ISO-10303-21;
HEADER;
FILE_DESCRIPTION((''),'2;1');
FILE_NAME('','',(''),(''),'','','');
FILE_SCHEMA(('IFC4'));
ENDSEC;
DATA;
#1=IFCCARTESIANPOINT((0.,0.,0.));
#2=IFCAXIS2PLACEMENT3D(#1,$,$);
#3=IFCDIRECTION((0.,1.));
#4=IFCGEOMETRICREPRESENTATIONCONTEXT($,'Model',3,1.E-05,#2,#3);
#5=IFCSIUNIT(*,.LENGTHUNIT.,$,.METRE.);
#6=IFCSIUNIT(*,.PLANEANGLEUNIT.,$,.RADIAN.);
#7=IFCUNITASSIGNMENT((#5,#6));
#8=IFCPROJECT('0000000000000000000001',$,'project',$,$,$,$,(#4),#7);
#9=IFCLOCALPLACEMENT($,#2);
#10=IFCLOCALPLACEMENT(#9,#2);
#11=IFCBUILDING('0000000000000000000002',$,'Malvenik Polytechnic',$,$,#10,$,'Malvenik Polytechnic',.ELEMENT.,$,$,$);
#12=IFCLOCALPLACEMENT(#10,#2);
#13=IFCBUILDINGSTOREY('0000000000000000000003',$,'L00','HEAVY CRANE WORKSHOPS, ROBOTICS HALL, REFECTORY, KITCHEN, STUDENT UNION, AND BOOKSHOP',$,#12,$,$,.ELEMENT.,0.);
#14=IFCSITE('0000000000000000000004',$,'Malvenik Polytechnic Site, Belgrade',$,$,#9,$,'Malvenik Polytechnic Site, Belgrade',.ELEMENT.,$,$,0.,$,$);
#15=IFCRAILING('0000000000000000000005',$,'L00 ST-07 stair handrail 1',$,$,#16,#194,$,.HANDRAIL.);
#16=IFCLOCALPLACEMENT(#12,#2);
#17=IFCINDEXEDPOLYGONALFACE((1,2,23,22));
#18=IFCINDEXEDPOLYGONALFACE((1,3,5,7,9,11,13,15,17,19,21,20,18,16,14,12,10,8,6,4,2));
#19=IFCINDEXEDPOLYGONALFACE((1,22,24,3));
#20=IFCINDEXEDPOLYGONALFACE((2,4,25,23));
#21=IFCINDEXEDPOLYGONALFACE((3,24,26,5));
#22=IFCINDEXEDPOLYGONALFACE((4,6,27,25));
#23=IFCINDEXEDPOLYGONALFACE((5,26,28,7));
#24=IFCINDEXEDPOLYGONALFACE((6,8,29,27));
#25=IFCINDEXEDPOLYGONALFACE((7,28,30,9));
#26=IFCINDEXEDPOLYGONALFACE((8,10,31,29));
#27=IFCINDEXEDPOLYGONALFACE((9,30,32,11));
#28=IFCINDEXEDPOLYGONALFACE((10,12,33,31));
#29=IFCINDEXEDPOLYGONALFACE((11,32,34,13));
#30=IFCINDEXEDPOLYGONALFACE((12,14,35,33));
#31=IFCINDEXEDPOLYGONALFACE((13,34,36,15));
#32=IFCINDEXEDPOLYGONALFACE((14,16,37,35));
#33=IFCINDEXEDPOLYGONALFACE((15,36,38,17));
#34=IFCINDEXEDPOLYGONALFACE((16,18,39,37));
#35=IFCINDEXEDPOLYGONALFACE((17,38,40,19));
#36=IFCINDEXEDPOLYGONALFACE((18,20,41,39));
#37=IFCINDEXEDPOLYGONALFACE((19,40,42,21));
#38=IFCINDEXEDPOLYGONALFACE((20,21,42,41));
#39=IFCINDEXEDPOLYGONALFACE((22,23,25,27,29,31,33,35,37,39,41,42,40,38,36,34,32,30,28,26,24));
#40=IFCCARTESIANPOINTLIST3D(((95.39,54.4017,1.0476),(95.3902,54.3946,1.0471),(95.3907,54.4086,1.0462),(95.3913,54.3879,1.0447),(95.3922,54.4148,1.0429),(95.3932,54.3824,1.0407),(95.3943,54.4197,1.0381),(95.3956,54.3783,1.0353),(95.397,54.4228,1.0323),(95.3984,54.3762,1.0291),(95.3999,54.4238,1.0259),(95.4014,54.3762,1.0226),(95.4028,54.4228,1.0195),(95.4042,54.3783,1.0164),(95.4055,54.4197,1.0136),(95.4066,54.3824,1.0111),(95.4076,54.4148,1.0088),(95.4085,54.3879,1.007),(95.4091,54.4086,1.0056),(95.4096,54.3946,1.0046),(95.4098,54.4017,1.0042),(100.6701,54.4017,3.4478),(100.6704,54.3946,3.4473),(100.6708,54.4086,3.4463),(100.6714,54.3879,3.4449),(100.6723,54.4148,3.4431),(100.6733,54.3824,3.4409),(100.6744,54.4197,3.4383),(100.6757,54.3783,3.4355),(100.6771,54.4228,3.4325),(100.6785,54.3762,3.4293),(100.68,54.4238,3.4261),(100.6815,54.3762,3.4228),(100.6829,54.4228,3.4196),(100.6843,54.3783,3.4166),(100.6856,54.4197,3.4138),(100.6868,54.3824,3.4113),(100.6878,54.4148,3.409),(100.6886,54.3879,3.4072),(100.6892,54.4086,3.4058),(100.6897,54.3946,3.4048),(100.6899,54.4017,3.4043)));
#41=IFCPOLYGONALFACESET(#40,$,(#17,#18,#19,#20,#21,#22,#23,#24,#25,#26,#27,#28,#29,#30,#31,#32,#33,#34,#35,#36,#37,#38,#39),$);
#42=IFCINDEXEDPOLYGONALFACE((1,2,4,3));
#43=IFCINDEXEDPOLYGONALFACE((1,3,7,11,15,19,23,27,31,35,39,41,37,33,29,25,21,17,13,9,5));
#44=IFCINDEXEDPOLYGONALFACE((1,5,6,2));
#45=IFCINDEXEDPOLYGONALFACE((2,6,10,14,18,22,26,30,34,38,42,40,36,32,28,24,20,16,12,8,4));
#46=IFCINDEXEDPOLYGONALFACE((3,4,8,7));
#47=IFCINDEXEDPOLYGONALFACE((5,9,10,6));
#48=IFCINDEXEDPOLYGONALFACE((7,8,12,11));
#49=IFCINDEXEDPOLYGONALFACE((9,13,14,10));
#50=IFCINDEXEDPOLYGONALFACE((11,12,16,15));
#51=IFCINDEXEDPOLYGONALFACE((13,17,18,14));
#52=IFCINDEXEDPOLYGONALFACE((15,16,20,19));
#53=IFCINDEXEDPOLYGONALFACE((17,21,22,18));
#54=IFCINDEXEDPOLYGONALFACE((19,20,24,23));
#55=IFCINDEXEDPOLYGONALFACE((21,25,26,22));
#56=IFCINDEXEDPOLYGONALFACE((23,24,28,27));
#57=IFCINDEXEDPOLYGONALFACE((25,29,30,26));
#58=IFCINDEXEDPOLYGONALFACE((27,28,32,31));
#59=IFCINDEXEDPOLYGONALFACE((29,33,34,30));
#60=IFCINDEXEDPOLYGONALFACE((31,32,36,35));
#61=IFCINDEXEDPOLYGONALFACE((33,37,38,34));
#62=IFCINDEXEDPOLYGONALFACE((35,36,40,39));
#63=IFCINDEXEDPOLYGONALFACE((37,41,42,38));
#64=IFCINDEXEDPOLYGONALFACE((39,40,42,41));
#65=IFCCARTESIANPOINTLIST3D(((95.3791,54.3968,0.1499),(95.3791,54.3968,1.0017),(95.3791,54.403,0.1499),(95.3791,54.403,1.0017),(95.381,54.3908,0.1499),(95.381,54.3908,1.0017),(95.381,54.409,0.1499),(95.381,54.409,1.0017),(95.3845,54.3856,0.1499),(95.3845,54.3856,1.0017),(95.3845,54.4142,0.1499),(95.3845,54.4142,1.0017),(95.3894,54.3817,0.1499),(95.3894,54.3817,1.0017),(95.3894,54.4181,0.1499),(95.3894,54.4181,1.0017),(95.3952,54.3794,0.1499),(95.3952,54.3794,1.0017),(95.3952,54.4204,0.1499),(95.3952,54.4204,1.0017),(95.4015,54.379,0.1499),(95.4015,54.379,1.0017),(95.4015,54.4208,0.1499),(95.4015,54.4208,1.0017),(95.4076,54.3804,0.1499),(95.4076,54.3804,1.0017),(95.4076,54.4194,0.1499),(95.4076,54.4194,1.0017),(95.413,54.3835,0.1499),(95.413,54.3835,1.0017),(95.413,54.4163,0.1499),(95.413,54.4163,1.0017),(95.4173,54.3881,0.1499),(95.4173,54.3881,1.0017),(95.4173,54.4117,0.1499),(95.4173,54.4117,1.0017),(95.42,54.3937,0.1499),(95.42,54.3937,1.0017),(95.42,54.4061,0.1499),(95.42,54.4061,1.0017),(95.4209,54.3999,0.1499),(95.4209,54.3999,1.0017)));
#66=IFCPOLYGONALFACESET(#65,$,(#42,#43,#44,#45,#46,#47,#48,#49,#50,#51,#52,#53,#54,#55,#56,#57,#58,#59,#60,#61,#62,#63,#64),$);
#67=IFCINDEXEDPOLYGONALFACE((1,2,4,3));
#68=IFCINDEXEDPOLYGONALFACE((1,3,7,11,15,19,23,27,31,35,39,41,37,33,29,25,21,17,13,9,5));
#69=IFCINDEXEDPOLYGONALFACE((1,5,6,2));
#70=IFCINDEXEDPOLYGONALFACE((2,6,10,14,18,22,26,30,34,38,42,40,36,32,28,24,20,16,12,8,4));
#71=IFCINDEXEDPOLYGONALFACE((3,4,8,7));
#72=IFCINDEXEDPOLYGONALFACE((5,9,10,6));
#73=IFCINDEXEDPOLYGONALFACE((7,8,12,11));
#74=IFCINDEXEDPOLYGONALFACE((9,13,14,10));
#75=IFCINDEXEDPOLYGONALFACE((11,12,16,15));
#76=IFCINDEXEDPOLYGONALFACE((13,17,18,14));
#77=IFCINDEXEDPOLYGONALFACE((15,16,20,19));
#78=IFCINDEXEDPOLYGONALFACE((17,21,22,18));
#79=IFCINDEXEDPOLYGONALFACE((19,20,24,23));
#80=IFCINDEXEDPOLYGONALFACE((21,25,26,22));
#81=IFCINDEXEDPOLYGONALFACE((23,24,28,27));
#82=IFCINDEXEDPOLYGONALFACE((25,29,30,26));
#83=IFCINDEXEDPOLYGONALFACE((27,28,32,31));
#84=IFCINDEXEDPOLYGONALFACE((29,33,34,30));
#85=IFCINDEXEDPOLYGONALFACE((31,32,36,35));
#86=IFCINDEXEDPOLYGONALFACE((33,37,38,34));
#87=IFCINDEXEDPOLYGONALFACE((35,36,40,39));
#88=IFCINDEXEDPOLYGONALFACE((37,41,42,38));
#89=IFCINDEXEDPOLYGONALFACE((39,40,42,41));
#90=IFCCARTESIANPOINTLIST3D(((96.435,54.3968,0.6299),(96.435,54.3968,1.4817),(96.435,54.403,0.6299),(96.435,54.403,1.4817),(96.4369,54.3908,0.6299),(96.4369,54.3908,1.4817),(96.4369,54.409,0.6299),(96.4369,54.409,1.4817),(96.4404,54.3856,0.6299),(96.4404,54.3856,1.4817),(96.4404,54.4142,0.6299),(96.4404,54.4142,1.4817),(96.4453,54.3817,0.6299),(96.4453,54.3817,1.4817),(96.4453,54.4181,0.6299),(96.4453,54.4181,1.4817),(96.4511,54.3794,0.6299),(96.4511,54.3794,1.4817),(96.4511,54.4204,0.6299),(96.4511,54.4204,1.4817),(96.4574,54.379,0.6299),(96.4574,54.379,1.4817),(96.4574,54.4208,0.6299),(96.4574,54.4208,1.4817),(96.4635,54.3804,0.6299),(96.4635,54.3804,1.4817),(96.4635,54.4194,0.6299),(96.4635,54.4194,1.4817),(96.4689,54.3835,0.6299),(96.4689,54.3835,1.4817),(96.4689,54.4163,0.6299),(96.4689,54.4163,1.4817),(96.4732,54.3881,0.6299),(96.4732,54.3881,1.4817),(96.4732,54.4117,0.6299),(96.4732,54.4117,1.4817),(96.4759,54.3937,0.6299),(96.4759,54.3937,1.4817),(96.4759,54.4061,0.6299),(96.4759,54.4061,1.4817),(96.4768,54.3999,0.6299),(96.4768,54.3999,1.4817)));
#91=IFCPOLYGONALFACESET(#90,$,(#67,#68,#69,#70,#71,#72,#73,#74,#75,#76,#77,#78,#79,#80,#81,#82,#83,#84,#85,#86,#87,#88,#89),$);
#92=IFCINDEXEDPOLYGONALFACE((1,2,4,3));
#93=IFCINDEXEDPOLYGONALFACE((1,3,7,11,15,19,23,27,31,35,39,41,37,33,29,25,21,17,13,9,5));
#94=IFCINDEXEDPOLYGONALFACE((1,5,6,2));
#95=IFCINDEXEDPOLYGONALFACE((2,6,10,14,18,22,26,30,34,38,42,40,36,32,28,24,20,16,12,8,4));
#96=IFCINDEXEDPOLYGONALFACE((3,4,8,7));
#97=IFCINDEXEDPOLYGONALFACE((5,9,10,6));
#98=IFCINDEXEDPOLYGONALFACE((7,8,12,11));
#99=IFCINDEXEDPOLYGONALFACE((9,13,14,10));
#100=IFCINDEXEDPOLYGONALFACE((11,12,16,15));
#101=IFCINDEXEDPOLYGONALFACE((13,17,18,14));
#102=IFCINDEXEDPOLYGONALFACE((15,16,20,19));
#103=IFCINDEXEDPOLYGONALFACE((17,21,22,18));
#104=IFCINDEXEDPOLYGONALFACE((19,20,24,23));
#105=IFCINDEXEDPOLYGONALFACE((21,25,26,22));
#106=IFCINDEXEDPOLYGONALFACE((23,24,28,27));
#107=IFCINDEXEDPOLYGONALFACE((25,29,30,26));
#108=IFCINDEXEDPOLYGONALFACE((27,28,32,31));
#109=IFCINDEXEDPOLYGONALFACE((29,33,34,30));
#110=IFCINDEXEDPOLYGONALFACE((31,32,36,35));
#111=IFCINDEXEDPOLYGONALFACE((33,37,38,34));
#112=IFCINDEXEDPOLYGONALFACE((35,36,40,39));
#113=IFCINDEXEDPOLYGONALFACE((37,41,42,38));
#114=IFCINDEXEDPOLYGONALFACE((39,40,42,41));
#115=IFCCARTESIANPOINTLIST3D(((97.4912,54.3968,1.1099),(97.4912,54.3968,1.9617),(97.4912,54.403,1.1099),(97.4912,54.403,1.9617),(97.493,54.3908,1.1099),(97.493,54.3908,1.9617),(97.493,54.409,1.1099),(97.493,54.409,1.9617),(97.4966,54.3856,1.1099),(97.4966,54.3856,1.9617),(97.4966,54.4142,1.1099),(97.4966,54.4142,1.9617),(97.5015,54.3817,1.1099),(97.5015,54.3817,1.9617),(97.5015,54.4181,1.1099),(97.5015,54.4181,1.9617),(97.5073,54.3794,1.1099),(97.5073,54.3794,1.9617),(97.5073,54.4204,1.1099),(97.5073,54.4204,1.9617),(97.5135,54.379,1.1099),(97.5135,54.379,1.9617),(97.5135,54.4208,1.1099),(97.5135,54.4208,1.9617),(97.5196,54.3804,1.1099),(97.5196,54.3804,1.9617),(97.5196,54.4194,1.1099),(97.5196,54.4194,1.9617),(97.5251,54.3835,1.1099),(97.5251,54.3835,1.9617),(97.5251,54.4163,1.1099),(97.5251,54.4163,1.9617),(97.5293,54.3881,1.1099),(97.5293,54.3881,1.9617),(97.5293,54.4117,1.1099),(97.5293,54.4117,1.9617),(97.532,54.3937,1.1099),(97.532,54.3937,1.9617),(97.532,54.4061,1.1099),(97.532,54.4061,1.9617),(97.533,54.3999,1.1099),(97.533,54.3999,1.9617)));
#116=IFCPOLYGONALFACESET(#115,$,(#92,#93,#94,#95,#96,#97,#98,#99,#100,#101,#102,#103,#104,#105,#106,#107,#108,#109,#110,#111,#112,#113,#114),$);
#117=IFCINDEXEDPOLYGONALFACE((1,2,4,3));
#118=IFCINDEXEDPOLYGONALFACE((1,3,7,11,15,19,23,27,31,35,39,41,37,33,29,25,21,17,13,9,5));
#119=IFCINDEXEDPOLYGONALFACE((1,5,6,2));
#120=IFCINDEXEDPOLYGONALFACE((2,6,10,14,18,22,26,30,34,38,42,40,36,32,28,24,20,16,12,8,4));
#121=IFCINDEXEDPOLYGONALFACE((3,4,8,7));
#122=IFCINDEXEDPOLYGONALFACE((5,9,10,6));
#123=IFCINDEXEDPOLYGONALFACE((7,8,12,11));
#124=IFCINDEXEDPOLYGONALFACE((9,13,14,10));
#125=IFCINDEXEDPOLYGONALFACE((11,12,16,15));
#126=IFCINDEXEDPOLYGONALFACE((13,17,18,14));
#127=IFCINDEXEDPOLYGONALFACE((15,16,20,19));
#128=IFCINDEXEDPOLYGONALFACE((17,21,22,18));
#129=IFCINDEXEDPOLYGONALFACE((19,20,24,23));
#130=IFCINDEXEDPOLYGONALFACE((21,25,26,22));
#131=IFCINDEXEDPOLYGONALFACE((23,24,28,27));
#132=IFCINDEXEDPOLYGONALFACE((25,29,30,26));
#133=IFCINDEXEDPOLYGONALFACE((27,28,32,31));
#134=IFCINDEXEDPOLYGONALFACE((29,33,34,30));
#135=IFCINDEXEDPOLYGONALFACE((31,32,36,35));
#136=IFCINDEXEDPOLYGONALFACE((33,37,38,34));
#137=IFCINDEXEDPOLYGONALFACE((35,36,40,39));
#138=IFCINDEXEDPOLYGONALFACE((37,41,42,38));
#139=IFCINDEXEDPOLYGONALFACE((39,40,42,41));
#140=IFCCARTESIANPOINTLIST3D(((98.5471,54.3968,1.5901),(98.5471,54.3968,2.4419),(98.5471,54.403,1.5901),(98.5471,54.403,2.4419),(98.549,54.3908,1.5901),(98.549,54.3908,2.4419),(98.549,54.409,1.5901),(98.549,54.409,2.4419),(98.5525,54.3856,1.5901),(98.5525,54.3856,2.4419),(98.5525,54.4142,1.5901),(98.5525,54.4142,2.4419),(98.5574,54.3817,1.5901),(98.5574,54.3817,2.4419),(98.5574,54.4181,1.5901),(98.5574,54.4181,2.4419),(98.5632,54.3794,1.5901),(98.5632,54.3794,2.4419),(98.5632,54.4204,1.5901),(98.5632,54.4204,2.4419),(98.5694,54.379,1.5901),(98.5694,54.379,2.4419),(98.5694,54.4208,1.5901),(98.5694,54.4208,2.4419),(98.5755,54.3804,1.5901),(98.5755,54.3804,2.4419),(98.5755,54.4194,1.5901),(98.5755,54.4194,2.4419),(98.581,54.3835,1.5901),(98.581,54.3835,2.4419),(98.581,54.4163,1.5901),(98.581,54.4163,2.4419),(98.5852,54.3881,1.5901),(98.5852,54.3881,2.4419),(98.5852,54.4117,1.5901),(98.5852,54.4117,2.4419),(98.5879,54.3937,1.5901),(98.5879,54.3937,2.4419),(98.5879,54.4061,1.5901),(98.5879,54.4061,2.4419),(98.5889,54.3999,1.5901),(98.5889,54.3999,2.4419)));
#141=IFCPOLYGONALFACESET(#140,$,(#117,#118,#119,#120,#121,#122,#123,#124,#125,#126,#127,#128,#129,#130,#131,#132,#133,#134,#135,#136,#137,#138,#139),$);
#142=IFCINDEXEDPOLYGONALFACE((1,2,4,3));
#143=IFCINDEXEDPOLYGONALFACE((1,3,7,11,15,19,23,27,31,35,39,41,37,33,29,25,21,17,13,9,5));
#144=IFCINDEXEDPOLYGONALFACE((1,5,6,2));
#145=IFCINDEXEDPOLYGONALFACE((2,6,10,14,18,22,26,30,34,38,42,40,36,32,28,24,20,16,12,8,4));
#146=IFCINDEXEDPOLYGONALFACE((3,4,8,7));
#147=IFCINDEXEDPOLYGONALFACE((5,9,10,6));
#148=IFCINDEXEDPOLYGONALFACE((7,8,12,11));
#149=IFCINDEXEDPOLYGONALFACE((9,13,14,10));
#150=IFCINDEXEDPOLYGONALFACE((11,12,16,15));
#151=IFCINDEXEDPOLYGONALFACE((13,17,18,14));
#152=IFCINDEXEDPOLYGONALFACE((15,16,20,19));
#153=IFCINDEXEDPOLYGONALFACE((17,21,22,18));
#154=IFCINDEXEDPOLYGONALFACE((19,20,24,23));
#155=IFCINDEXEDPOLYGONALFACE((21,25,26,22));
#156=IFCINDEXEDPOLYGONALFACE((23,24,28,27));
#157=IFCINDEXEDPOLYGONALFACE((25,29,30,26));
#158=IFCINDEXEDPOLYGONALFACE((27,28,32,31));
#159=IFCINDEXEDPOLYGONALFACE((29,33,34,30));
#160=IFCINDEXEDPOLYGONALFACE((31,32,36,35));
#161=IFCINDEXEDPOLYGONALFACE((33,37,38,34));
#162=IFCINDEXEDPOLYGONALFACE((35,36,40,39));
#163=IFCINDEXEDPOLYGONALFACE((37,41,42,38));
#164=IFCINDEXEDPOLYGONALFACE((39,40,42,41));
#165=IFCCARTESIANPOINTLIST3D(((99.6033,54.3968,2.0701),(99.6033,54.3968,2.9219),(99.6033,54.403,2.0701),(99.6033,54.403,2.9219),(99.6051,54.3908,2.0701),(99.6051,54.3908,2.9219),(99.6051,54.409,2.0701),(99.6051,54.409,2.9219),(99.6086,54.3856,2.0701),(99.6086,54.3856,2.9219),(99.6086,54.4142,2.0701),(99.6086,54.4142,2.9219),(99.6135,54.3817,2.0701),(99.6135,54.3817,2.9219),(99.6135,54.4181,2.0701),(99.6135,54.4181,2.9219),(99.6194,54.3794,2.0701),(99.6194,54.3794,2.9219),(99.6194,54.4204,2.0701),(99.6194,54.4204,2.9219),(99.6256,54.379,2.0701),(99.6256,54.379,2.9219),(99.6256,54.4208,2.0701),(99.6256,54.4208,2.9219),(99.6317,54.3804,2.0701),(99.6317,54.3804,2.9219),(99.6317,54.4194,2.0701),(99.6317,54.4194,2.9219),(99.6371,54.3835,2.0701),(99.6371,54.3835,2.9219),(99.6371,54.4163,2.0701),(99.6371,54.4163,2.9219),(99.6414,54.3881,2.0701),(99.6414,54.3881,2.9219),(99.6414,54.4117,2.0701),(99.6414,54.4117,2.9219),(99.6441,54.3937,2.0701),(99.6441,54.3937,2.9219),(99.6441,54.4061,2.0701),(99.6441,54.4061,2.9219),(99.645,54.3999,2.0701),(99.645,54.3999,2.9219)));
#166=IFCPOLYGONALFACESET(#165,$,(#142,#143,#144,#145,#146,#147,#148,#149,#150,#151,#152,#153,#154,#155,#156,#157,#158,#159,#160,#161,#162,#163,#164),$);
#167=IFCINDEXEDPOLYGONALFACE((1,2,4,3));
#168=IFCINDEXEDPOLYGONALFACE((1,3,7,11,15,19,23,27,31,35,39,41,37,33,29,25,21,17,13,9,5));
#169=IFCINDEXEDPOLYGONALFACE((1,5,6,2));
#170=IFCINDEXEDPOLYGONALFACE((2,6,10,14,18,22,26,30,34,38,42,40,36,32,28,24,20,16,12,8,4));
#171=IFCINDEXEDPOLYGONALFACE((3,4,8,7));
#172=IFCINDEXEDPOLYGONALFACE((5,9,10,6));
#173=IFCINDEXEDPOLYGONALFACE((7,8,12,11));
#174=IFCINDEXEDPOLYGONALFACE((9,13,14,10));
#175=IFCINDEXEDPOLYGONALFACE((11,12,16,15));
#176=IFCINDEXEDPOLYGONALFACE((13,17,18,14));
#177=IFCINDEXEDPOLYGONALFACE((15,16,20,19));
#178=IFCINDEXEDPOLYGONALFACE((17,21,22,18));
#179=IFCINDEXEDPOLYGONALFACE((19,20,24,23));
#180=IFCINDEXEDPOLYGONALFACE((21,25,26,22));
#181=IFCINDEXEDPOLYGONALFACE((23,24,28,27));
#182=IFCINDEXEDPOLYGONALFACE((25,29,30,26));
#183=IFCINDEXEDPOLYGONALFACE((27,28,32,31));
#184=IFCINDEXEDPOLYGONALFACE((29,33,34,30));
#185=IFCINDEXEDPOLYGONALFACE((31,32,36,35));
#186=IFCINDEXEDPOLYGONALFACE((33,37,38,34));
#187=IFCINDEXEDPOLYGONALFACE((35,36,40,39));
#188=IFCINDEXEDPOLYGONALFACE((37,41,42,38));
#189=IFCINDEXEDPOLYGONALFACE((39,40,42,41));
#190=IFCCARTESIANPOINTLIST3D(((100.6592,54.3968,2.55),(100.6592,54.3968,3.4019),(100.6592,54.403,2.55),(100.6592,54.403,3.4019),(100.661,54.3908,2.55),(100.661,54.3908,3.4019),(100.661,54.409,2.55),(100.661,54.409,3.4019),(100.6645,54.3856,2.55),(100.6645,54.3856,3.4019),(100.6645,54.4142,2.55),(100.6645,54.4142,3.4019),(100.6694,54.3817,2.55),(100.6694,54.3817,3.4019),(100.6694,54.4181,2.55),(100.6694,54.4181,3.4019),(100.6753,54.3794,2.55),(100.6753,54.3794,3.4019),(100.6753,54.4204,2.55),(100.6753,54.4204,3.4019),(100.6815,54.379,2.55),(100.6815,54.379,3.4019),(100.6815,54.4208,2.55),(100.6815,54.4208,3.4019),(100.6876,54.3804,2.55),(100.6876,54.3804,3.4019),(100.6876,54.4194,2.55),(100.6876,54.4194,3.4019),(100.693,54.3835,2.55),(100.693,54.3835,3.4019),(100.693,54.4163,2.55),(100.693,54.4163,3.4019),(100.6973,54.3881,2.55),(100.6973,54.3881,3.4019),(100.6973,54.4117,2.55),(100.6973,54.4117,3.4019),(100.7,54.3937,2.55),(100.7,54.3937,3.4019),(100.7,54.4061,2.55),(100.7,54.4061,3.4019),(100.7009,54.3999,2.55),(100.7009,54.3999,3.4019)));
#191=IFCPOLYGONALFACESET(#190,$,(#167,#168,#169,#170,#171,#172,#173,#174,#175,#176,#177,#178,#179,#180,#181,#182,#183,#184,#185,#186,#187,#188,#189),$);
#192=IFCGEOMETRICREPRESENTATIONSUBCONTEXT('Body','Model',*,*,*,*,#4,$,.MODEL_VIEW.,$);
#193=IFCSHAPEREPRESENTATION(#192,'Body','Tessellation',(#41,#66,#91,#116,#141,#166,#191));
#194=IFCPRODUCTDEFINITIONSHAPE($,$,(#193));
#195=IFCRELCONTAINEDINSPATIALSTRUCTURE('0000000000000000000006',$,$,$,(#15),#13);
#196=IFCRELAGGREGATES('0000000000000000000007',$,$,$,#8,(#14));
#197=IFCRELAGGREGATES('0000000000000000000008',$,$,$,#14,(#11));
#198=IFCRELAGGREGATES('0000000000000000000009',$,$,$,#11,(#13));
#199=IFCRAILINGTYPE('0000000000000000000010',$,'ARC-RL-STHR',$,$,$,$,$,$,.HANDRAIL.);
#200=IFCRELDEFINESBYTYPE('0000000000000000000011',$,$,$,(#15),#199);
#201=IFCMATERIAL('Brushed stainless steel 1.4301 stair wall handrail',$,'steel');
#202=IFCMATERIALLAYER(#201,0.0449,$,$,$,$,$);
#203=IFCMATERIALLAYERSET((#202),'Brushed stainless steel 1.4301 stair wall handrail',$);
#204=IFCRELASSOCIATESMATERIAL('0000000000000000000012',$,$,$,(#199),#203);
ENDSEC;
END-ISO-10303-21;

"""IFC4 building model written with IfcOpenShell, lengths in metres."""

from ifc_helpers import new_model, si_unit, direction, frame, origin, origin_2d, place, context, subcontext, project, spatial, circle, extrude, material, layer, layer_set, type_object, element, save


model = new_model("IFC4")

# Units and contexts
model_context = context("Model", 3, precision=1e-05, world=origin(), true_north=direction((0.0, 1.0)))
body_context = subcontext(model_context, "Body", "Model", "MODEL_VIEW")
ifc_project = project(units=[si_unit("LENGTHUNIT", "METRE"), si_unit("PLANEANGLEUNIT", "RADIAN")], contexts=[model_context])

# Site, building, storey
site_placement = place(None, origin())
site = spatial("IfcSite", under=ifc_project, at=site_placement, Name="Malvenik Polytechnic Site, Belgrade", LongName="Malvenik Polytechnic Site, Belgrade", CompositionType="ELEMENT", RefElevation=0.0)
building_placement = place(site_placement, origin())
building = spatial("IfcBuilding", under=site, at=building_placement, Name="Malvenik Polytechnic", LongName="Malvenik Polytechnic", CompositionType="ELEMENT")
storey_placement = place(building_placement, origin())
storey = spatial("IfcBuildingStorey", under=building, at=storey_placement, Name="L00", Description="HEAVY CRANE WORKSHOPS, ROBOTICS HALL, REFECTORY, KITCHEN, STUDENT UNION, AND BOOKSHOP", CompositionType="ELEMENT", Elevation=0.0)

# Railing
ifc_material_1 = material(Name="Brushed stainless steel 1.4301 stair wall handrail", Category="steel")
ifc_layer_1 = layer(ifc_material_1, 0.0449)
ifc_layer_set_1 = layer_set([ifc_layer_1], Name="Brushed stainless steel 1.4301 stair wall handrail")
railing_type_1 = type_object("IfcRailingType", Name="ARC-RL-STHR", PredefinedType="HANDRAIL", material=ifc_layer_set_1)
railing_1_placement = place(storey_placement, frame((95.3999, 54.3999, 0.1499)))
element("IfcRailing", 1, at=railing_1_placement, inside=storey, type_object=railing_type_1, Name="L00 ST-07 stair handrail 1", PredefinedType="HANDRAIL", context=body_context, shape_type="SweptSolid", body=[
    extrude(circle(Radius=0.0239, at=origin_2d()), frame((0.0, 0.0, 0.876), z_axis=(0.910358, 0.0, 0.413822), x_axis=(0.0, 1.0, 0.0)), (0.0, 0.0, 1.0), 5.8),
    extrude(circle(Radius=0.021, at=origin_2d()), origin(), (0.0, 0.0, 1.0), 0.8518),
    extrude(circle(Radius=0.021, at=origin_2d()), frame((1.0559, 0.0, 0.48)), (0.0, 0.0, 1.0), 0.8518),
    extrude(circle(Radius=0.021, at=origin_2d()), frame((2.1121, 0.0, 0.96)), (0.0, 0.0, 1.0), 0.8518),
    extrude(circle(Radius=0.021, at=origin_2d()), frame((3.168, 0.0, 1.4402)), (0.0, 0.0, 1.0), 0.8518),
    extrude(circle(Radius=0.021, at=origin_2d()), frame((4.2241, 0.0, 1.9202)), (0.0, 0.0, 1.0), 0.8518),
    extrude(circle(Radius=0.021, at=origin_2d()), frame((5.28, 0.0, 2.4001)), (0.0, 0.0, 1.0), 0.8518),
])

save(model, "model.ifc")
